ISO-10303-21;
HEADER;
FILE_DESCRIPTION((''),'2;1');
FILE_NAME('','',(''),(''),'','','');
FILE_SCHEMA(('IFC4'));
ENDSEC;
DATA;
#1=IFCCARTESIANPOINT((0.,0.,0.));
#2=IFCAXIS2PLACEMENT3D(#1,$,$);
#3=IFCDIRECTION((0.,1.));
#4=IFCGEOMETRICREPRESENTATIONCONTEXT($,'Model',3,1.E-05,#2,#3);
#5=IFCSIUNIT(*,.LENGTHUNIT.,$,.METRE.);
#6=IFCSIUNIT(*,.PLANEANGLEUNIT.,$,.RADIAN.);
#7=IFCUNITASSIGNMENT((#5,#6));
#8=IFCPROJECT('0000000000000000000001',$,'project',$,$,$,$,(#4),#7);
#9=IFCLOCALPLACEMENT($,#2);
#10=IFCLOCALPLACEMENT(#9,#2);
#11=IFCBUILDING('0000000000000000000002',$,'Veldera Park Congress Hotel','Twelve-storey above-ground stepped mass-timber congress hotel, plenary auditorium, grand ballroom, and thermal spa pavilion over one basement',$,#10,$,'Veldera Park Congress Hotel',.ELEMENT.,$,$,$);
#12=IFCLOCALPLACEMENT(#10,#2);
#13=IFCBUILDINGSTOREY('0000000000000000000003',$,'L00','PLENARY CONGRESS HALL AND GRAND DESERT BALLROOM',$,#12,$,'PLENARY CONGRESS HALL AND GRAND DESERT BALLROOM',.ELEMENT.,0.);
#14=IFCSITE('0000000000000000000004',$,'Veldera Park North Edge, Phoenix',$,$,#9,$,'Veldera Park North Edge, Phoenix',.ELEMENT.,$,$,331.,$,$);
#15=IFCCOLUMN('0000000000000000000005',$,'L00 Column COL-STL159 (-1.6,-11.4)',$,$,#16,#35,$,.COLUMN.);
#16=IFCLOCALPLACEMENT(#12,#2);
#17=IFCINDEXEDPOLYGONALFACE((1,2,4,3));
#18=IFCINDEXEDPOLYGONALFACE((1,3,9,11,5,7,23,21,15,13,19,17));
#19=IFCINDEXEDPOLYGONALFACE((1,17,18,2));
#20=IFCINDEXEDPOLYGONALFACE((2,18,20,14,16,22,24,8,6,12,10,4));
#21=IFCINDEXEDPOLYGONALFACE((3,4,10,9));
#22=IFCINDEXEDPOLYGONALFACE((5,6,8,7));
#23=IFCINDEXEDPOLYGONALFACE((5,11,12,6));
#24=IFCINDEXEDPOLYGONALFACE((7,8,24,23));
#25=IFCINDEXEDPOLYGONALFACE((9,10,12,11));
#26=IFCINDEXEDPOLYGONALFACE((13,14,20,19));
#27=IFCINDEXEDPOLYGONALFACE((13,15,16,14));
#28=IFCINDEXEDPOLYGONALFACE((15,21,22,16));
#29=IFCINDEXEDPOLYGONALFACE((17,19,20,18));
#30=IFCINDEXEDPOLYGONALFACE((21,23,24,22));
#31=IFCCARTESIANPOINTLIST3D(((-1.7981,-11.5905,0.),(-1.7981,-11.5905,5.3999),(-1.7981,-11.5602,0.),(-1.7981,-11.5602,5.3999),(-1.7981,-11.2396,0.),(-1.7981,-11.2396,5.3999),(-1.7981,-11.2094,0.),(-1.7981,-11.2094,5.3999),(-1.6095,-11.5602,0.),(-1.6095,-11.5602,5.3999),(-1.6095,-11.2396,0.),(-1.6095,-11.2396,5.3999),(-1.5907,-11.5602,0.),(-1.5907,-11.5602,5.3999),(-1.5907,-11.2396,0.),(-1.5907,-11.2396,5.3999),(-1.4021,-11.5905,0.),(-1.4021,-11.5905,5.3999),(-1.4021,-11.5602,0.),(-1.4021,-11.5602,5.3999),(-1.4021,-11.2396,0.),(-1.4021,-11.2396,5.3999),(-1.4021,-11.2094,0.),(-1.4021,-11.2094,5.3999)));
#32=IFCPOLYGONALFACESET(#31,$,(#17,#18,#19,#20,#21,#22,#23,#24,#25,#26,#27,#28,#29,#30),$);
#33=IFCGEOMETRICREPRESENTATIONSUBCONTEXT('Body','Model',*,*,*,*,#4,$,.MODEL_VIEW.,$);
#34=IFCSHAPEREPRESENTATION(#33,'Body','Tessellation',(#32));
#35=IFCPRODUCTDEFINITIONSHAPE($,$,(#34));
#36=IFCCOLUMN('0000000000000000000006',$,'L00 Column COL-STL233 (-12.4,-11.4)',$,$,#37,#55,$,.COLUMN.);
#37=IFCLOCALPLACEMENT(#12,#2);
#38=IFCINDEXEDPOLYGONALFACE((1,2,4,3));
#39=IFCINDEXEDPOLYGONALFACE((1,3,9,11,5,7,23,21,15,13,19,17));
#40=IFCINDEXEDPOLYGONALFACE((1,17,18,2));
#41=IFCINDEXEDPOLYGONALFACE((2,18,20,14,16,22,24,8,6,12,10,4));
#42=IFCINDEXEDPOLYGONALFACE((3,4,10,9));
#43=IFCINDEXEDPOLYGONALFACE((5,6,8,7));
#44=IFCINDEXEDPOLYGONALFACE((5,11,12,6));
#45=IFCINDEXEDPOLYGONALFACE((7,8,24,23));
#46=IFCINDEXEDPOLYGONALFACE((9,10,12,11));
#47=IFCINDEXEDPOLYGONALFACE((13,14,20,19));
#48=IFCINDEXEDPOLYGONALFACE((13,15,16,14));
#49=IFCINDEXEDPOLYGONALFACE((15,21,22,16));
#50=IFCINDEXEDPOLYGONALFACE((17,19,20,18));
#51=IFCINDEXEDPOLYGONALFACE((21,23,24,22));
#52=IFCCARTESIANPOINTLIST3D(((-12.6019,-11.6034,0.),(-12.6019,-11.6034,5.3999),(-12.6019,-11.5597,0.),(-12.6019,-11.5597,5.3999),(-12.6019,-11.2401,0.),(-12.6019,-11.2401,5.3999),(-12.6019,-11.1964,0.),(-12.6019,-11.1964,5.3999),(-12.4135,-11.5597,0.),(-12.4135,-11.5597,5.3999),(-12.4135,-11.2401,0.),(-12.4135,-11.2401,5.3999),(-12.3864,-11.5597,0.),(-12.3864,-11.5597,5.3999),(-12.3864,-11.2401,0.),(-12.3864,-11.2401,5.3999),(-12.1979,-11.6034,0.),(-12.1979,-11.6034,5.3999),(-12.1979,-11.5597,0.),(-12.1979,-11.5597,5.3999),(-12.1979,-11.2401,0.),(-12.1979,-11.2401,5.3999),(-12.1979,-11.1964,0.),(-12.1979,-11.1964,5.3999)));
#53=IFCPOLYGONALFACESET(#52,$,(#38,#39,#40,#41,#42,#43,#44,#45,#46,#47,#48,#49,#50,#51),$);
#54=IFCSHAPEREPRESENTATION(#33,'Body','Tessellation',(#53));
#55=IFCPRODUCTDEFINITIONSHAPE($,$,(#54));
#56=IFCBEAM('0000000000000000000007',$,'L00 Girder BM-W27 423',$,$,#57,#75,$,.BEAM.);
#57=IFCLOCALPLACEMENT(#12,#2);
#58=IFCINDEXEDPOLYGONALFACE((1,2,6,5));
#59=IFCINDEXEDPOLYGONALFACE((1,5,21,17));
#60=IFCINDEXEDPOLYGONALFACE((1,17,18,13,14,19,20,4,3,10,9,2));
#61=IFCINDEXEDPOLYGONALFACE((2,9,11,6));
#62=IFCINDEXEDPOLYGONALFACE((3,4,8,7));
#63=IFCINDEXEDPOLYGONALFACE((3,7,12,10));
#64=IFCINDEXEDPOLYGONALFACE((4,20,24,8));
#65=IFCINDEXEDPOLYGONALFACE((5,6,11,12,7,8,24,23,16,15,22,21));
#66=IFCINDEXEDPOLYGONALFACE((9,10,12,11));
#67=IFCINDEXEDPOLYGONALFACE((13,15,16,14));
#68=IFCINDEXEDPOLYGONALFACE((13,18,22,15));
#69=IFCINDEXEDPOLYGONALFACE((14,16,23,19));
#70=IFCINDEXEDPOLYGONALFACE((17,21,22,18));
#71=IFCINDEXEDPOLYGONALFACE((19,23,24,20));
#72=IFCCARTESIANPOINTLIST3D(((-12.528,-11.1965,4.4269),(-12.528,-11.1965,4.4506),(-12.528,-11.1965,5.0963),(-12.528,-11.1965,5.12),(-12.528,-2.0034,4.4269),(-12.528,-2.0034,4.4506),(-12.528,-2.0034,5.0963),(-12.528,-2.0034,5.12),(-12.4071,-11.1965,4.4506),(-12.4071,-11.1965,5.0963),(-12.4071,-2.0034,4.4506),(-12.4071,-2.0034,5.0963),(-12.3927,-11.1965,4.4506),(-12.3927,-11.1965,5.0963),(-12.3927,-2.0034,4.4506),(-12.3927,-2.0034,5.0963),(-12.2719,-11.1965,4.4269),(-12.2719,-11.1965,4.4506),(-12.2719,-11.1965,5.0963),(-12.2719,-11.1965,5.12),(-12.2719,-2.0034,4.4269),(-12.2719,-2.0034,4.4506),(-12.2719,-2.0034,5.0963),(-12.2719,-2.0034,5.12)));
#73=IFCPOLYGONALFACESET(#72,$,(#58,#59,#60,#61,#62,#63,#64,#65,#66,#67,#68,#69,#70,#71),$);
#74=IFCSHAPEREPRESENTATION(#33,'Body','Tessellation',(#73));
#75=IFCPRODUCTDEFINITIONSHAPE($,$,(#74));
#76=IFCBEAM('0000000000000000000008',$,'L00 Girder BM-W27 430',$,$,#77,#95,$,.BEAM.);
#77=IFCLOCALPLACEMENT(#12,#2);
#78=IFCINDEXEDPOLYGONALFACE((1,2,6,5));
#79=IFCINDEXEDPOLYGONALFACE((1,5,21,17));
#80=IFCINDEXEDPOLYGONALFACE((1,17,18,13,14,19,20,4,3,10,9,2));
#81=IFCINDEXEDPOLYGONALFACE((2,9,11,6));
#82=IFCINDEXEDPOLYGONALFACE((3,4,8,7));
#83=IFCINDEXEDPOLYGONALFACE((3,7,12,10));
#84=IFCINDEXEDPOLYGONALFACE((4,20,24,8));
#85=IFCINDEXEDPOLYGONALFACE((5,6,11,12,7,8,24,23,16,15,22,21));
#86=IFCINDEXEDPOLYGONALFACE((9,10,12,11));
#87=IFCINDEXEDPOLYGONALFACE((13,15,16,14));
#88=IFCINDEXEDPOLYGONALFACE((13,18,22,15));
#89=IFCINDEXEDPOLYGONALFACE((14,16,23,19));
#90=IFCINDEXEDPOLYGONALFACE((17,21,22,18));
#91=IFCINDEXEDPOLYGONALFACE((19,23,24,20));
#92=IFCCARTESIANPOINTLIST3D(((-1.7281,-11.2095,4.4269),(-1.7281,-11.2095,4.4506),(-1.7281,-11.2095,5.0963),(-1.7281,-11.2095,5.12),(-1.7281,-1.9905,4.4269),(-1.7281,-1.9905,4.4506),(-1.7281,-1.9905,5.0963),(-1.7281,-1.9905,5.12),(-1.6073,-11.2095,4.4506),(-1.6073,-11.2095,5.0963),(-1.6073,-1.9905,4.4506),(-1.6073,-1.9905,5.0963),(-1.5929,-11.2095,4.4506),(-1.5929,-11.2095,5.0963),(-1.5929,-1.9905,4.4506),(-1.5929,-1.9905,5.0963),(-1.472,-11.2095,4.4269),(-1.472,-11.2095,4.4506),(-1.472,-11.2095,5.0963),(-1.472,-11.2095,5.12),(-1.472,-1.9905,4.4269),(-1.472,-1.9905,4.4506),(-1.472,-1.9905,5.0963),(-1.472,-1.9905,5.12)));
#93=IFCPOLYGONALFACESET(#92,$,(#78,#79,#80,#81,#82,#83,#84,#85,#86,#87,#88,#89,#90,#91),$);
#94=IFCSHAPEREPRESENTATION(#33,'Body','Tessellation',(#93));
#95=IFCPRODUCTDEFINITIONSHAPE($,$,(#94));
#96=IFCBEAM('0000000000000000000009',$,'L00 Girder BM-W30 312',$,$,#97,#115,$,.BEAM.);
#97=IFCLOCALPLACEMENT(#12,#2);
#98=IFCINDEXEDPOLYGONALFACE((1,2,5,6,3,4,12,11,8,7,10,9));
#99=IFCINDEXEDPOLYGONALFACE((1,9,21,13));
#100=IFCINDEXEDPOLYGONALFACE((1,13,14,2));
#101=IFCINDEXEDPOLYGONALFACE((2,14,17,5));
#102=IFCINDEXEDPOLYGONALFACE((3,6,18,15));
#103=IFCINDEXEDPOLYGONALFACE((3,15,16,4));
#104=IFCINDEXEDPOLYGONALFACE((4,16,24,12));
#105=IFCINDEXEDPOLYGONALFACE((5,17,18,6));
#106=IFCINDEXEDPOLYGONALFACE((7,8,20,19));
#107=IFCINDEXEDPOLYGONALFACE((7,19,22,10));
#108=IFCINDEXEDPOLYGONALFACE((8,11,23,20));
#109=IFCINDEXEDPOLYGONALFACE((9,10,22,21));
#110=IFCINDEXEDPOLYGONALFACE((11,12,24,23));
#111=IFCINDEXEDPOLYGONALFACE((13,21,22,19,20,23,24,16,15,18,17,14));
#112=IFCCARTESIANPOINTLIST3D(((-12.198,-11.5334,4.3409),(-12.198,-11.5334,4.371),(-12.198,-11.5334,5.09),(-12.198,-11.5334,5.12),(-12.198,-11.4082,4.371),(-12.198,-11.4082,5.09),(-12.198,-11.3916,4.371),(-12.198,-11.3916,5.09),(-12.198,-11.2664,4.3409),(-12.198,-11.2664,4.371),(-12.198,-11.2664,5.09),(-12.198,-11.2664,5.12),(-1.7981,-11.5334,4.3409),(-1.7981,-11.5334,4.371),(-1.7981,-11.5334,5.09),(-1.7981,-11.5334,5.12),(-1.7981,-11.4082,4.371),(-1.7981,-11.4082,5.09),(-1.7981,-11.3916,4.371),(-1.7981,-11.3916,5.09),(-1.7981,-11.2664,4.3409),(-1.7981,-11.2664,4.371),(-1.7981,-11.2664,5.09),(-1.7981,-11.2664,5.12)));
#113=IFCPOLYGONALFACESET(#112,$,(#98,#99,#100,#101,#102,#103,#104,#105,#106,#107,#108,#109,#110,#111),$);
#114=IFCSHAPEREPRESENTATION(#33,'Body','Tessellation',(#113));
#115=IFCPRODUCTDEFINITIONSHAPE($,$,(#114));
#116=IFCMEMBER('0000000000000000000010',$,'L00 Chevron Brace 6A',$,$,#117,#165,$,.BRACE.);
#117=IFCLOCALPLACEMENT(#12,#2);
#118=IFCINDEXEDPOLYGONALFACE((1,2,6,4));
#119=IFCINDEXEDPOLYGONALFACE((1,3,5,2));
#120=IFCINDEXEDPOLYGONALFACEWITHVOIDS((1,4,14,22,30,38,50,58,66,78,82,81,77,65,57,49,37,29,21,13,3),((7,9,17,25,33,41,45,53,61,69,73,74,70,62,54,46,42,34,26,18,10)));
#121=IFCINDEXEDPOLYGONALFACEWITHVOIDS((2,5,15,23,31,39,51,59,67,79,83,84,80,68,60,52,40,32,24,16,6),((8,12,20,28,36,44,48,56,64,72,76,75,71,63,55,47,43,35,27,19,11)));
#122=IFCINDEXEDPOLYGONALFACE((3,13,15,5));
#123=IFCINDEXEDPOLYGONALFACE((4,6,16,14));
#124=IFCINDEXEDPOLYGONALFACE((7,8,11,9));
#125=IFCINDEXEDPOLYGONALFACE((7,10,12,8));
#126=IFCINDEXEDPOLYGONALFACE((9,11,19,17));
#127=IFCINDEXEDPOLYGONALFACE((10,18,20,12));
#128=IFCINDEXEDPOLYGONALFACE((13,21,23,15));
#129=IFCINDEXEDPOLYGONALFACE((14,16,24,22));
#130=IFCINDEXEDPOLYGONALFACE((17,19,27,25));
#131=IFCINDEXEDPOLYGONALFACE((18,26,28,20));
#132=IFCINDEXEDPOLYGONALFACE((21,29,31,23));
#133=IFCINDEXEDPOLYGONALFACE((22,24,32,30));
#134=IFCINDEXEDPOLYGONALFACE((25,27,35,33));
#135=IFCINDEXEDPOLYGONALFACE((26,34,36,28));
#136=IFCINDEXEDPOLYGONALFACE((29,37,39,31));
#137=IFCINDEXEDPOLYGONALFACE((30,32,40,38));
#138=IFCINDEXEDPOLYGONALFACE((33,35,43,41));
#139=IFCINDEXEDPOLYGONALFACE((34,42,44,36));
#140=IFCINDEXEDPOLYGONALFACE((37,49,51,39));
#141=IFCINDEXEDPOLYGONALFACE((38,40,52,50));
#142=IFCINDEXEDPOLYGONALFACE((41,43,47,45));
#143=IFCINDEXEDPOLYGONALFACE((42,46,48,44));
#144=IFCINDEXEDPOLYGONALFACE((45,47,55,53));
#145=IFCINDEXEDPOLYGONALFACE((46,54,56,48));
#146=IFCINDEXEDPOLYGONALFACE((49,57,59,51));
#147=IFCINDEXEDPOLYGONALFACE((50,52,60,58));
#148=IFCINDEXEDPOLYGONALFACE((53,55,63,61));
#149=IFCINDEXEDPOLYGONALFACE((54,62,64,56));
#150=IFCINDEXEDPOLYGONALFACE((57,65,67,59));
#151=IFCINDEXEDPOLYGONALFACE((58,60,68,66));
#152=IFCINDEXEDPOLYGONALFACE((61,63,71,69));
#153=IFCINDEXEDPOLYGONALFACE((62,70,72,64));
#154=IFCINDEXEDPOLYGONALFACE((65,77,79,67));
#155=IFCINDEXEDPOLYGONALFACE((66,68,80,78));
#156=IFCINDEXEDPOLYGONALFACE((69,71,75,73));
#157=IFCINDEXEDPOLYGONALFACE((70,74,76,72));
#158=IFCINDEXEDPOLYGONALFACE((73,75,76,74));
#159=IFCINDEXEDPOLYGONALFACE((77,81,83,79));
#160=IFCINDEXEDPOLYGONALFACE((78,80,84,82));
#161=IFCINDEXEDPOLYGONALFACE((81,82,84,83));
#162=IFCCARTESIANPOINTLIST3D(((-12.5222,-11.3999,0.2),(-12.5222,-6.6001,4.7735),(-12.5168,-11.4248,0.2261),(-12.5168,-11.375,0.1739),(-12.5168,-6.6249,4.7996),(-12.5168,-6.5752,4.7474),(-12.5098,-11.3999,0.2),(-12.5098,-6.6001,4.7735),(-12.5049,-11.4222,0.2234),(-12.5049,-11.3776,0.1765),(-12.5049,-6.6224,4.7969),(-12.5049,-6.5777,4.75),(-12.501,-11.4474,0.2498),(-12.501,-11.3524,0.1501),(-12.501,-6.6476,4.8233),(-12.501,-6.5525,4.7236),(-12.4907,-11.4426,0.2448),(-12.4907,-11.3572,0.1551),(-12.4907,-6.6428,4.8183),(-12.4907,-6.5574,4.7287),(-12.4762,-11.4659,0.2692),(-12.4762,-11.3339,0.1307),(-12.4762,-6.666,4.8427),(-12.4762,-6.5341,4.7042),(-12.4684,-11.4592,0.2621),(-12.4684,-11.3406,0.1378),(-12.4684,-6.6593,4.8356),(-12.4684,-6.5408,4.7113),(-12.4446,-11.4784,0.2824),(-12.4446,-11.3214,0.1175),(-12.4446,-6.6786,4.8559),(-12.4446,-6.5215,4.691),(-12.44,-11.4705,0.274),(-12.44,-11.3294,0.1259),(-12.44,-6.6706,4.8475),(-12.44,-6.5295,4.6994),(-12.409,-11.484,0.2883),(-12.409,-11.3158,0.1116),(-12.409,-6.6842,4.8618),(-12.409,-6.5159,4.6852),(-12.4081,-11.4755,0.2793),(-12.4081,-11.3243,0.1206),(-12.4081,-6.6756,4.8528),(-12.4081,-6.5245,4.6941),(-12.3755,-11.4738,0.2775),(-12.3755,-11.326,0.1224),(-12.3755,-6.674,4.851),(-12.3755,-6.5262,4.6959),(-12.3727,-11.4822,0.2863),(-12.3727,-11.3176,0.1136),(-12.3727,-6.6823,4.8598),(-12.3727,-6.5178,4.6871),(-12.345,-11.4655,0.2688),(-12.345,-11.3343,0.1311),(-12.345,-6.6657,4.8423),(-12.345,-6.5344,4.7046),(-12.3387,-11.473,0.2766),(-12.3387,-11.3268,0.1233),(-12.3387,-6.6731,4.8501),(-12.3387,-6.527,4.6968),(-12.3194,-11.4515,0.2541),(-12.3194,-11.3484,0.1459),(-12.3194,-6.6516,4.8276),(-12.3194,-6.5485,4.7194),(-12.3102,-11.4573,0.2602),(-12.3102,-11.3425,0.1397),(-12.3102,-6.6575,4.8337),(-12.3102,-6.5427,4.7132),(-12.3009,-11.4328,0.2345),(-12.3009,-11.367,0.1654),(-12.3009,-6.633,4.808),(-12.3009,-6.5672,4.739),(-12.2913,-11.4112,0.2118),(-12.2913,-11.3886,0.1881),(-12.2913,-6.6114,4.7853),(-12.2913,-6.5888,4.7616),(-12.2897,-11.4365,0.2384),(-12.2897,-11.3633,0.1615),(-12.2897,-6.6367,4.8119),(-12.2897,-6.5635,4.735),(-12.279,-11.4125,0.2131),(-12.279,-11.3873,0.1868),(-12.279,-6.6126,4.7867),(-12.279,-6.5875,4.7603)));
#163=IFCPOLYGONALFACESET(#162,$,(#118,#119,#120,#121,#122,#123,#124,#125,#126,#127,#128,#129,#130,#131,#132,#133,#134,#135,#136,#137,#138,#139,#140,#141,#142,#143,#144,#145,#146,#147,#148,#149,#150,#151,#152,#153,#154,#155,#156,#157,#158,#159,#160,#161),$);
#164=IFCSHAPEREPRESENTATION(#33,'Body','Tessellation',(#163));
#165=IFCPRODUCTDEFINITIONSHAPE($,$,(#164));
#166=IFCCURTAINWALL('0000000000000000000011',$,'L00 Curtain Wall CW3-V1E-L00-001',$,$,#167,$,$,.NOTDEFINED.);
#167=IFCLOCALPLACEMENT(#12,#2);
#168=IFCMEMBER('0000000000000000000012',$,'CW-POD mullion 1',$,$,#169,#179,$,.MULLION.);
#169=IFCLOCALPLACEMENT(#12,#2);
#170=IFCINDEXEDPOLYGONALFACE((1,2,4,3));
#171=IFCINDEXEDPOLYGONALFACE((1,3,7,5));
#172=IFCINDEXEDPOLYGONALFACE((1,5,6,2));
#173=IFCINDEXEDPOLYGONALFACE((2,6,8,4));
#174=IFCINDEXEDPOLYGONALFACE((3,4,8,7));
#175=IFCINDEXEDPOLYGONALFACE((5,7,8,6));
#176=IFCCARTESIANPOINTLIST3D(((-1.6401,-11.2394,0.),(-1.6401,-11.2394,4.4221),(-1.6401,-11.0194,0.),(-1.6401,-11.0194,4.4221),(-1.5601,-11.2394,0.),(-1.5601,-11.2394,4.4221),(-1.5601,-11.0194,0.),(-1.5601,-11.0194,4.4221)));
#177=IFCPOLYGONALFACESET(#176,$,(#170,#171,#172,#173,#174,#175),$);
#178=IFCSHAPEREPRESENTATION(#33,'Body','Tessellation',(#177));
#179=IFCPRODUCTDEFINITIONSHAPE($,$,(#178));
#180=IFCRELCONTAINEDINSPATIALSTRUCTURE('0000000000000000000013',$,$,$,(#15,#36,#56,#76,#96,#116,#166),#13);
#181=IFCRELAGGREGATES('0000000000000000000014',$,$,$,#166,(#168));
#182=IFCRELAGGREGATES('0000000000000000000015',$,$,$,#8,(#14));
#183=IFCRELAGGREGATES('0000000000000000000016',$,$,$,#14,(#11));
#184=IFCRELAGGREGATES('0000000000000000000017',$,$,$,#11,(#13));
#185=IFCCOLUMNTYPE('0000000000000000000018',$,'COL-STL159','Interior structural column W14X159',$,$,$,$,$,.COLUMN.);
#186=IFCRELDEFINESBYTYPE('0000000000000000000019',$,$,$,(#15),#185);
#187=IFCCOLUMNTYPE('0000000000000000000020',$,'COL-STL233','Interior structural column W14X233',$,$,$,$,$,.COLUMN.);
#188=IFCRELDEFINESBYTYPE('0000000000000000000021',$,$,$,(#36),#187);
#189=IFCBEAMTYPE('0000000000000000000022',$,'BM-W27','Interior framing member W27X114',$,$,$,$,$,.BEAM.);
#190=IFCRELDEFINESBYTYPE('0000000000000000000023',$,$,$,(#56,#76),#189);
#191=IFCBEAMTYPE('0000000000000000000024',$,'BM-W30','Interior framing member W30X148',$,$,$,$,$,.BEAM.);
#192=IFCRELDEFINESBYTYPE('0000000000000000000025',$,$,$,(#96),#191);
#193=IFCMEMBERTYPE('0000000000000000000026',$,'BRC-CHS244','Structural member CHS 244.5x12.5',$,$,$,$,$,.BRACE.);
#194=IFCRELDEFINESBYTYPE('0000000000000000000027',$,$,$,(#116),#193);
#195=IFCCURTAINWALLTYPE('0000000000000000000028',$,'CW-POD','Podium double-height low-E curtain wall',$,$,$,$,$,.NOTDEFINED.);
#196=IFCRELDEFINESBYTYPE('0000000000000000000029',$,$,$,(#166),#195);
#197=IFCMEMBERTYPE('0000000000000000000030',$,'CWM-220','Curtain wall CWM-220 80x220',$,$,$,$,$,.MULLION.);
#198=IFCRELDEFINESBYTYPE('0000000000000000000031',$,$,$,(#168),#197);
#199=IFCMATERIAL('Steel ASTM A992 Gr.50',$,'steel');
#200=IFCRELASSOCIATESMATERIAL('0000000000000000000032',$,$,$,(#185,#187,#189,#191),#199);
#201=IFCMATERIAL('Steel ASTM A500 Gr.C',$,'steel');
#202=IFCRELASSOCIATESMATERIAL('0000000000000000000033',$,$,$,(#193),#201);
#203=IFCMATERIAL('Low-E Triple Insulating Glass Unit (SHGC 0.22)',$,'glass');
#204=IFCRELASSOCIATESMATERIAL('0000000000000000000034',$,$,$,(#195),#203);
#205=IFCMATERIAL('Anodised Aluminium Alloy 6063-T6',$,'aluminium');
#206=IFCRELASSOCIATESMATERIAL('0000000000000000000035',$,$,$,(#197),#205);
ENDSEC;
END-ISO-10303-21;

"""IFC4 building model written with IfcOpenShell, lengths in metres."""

from ifc_helpers import new_model, si_unit, direction, frame, origin, origin_2d, place, context, subcontext, project, spatial, rectangle, hollow_circle, i_section, extrude, material, material_profile, profile_set, type_object, element, aggregate, save


model = new_model("IFC4")

# Units and contexts
model_context = context("Model", 3, precision=1e-05, world=origin(), true_north=direction((0.0, 1.0)))
body_context = subcontext(model_context, "Body", "Model", "MODEL_VIEW")
ifc_project = project(units=[si_unit("LENGTHUNIT", "METRE"), si_unit("PLANEANGLEUNIT", "RADIAN")], contexts=[model_context])

# Site, building, storey
site_placement = place(None, origin())
site = spatial("IfcSite", under=ifc_project, at=site_placement, Name="Veldera Park North Edge, Phoenix", LongName="Veldera Park North Edge, Phoenix", CompositionType="ELEMENT", RefElevation=331.0)
building_placement = place(site_placement, origin())
building = spatial("IfcBuilding", under=site, at=building_placement, Name="Veldera Park Congress Hotel", Description="Twelve-storey above-ground stepped mass-timber congress hotel, plenary auditorium, grand ballroom, and thermal spa pavilion over one basement", LongName="Veldera Park Congress Hotel", CompositionType="ELEMENT")
storey_placement = place(building_placement, origin())
storey = spatial("IfcBuildingStorey", under=building, at=storey_placement, Name="L00", Description="PLENARY CONGRESS HALL AND GRAND DESERT BALLROOM", LongName="PLENARY CONGRESS HALL AND GRAND DESERT BALLROOM", CompositionType="ELEMENT", Elevation=0.0)

# Columns
ifc_material_1 = material(Name="Steel ASTM A992 Gr.50", Category="steel")
ifc_material_profile_1 = material_profile(ifc_material_1, i_section(OverallWidth=0.396, OverallDepth=0.3811, WebThickness=0.0188, FlangeThickness=0.0303, at=origin_2d()), Name="W14X159")
ifc_profile_set_1 = profile_set([ifc_material_profile_1], Name="Steel ASTM A992 Gr.50")
column_type_1 = type_object("IfcColumnType", Name="COL-STL159", Description="Interior structural column W14X159", PredefinedType="COLUMN", material=ifc_profile_set_1)
column_1_placement = place(storey_placement, frame((-1.6001, -11.3999, 0.0), z_axis=(0.0, 0.0, 1.0), x_axis=(1.0, 0.0, 0.0)))
element("IfcColumn", 1, at=column_1_placement, inside=storey, type_object=column_type_1, Name="L00 Column COL-STL159 (-1.6,-11.4)", PredefinedType="COLUMN", context=body_context, shape_type="SweptSolid", body=[
    extrude(i_section(OverallWidth=0.396, OverallDepth=0.3811, WebThickness=0.0188, FlangeThickness=0.0303, at=origin_2d()), origin(), (0.0, 0.0, 1.0), 5.3999),
])
ifc_material_profile_2 = material_profile(ifc_material_1, i_section(OverallWidth=0.4041, OverallDepth=0.407, WebThickness=0.0271, FlangeThickness=0.0437, at=origin_2d()), Name="W14X233")
ifc_profile_set_2 = profile_set([ifc_material_profile_2], Name="Steel ASTM A992 Gr.50")
column_type_2 = type_object("IfcColumnType", Name="COL-STL233", Description="Interior structural column W14X233", PredefinedType="COLUMN", material=ifc_profile_set_2)
column_2_placement = place(storey_placement, frame((-12.3999, -11.3999, 0.0), z_axis=(0.0, 0.0, 1.0), x_axis=(1.0, 0.0, 0.0)))
element("IfcColumn", 2, at=column_2_placement, inside=storey, type_object=column_type_2, Name="L00 Column COL-STL233 (-12.4,-11.4)", PredefinedType="COLUMN", context=body_context, shape_type="SweptSolid", body=[
    extrude(i_section(OverallWidth=0.4041, OverallDepth=0.407, WebThickness=0.0271, FlangeThickness=0.0437, at=origin_2d()), origin(), (0.0, 0.0, 1.0), 5.3999),
])

# Beams
ifc_material_profile_3 = material_profile(ifc_material_1, i_section(OverallWidth=0.2561, OverallDepth=0.6931, WebThickness=0.0144, FlangeThickness=0.0237, at=origin_2d()), Name="W27X114")
ifc_profile_set_3 = profile_set([ifc_material_profile_3], Name="Steel ASTM A992 Gr.50")
beam_type_1 = type_object("IfcBeamType", Name="BM-W27", Description="Interior framing member W27X114", PredefinedType="BEAM", material=ifc_profile_set_3)
beam_1_placement = place(storey_placement, frame((-12.3999, -11.1965, 4.7734), z_axis=(0.0, 1.0, 0.0), x_axis=(-1.0, 0.0, 0.0)))
element("IfcBeam", 3, at=beam_1_placement, inside=storey, type_object=beam_type_1, Name="L00 Girder BM-W27 423", PredefinedType="BEAM", context=body_context, shape_type="SweptSolid", body=[
    extrude(i_section(OverallWidth=0.2561, OverallDepth=0.6931, WebThickness=0.0144, FlangeThickness=0.0237, at=origin_2d()), origin(), (0.0, 0.0, 1.0), 9.1931),
])
beam_2_placement = place(storey_placement, frame((-1.6001, -11.2095, 4.7734), z_axis=(0.0, 1.0, 0.0), x_axis=(-1.0, 0.0, 0.0)))
element("IfcBeam", 4, at=beam_2_placement, inside=storey, type_object=beam_type_1, Name="L00 Girder BM-W27 430", PredefinedType="BEAM", context=body_context, shape_type="SweptSolid", body=[
    extrude(i_section(OverallWidth=0.2561, OverallDepth=0.6931, WebThickness=0.0144, FlangeThickness=0.0237, at=origin_2d()), origin(), (0.0, 0.0, 1.0), 9.219),
])
ifc_material_profile_4 = material_profile(ifc_material_1, i_section(OverallWidth=0.2671, OverallDepth=0.7791, WebThickness=0.0166, FlangeThickness=0.03, at=origin_2d()), Name="W30X148")
ifc_profile_set_4 = profile_set([ifc_material_profile_4], Name="Steel ASTM A992 Gr.50")
beam_type_2 = type_object("IfcBeamType", Name="BM-W30", Description="Interior framing member W30X148", PredefinedType="BEAM", material=ifc_profile_set_4)
beam_3_placement = place(storey_placement, frame((-12.198, -11.3999, 4.7305), z_axis=(1.0, 0.0, 0.0), x_axis=(0.0, 1.0, 0.0)))
element("IfcBeam", 5, at=beam_3_placement, inside=storey, type_object=beam_type_2, Name="L00 Girder BM-W30 312", PredefinedType="BEAM", context=body_context, shape_type="SweptSolid", body=[
    extrude(i_section(OverallWidth=0.2671, OverallDepth=0.7791, WebThickness=0.0166, FlangeThickness=0.03, at=origin_2d()), origin(), (0.0, 0.0, 1.0), 10.3999),
])

# Member
ifc_material_2 = material(Name="Steel ASTM A500 Gr.C", Category="steel")
ifc_material_profile_5 = material_profile(ifc_material_2, hollow_circle(Radius=0.1223, WallThickness=0.0125, at=origin_2d()), Name="CHS 244.5x12.5")
ifc_profile_set_5 = profile_set([ifc_material_profile_5], Name="Steel ASTM A500 Gr.C")
member_type_1 = type_object("IfcMemberType", Name="BRC-CHS244", Description="Structural member CHS 244.5x12.5", PredefinedType="BRACE", material=ifc_profile_set_5)
member_1_placement = place(storey_placement, frame((-12.3999, -11.3999, 0.2), z_axis=(0.0, 0.723969, 0.689833), x_axis=(-1.0, 0.0, 0.0)))
element("IfcMember", 6, at=member_1_placement, inside=storey, type_object=member_type_1, Name="L00 Chevron Brace 6A", PredefinedType="BRACE", context=body_context, shape_type="SweptSolid", body=[
    extrude(hollow_circle(Radius=0.1223, WallThickness=0.0125, at=origin_2d()), origin(), (0.0, 0.0, 1.0), 6.6299),
])

# Curtain wall, member
ifc_material_3 = material(Name="Low-E Triple Insulating Glass Unit (SHGC 0.22)", Category="glass")
curtain_wall_type = type_object("IfcCurtainWallType", Name="CW-POD", Description="Podium double-height low-E curtain wall", PredefinedType="NOTDEFINED", material=ifc_material_3)
curtain_wall_1_placement = place(storey_placement, origin())
curtain_wall_1 = element("IfcCurtainWall", 7, at=curtain_wall_1_placement, inside=storey, type_object=curtain_wall_type, Name="L00 Curtain Wall CW3-V1E-L00-001", PredefinedType="NOTDEFINED")
ifc_material_4 = material(Name="Anodised Aluminium Alloy 6063-T6", Category="aluminium")
ifc_material_profile_6 = material_profile(ifc_material_4, rectangle(XDim=0.0801, YDim=0.22, at=origin_2d()), Name="ALU 80x220")
ifc_profile_set_6 = profile_set([ifc_material_profile_6], Name="Anodised Aluminium Alloy 6063-T6")
member_type_2 = type_object("IfcMemberType", Name="CWM-220", Description="Curtain wall CWM-220 80x220", PredefinedType="MULLION", material=ifc_profile_set_6)
member_2_placement = place(storey_placement, frame((-1.6001, -11.1294, 0.0), z_axis=(0.0, 0.0, 1.0), x_axis=(-1.0, 0.0, 0.0)))
member_2 = element("IfcMember", 8, at=member_2_placement, type_object=member_type_2, Name="CW-POD mullion 1", PredefinedType="MULLION", context=body_context, shape_type="SweptSolid", body=[
    extrude(rectangle(XDim=0.0801, YDim=0.22, at=origin_2d()), origin(), (0.0, 0.0, 1.0), 4.4221),
])

aggregate(curtain_wall_1, [member_2])

save(model, "model.ifc")
